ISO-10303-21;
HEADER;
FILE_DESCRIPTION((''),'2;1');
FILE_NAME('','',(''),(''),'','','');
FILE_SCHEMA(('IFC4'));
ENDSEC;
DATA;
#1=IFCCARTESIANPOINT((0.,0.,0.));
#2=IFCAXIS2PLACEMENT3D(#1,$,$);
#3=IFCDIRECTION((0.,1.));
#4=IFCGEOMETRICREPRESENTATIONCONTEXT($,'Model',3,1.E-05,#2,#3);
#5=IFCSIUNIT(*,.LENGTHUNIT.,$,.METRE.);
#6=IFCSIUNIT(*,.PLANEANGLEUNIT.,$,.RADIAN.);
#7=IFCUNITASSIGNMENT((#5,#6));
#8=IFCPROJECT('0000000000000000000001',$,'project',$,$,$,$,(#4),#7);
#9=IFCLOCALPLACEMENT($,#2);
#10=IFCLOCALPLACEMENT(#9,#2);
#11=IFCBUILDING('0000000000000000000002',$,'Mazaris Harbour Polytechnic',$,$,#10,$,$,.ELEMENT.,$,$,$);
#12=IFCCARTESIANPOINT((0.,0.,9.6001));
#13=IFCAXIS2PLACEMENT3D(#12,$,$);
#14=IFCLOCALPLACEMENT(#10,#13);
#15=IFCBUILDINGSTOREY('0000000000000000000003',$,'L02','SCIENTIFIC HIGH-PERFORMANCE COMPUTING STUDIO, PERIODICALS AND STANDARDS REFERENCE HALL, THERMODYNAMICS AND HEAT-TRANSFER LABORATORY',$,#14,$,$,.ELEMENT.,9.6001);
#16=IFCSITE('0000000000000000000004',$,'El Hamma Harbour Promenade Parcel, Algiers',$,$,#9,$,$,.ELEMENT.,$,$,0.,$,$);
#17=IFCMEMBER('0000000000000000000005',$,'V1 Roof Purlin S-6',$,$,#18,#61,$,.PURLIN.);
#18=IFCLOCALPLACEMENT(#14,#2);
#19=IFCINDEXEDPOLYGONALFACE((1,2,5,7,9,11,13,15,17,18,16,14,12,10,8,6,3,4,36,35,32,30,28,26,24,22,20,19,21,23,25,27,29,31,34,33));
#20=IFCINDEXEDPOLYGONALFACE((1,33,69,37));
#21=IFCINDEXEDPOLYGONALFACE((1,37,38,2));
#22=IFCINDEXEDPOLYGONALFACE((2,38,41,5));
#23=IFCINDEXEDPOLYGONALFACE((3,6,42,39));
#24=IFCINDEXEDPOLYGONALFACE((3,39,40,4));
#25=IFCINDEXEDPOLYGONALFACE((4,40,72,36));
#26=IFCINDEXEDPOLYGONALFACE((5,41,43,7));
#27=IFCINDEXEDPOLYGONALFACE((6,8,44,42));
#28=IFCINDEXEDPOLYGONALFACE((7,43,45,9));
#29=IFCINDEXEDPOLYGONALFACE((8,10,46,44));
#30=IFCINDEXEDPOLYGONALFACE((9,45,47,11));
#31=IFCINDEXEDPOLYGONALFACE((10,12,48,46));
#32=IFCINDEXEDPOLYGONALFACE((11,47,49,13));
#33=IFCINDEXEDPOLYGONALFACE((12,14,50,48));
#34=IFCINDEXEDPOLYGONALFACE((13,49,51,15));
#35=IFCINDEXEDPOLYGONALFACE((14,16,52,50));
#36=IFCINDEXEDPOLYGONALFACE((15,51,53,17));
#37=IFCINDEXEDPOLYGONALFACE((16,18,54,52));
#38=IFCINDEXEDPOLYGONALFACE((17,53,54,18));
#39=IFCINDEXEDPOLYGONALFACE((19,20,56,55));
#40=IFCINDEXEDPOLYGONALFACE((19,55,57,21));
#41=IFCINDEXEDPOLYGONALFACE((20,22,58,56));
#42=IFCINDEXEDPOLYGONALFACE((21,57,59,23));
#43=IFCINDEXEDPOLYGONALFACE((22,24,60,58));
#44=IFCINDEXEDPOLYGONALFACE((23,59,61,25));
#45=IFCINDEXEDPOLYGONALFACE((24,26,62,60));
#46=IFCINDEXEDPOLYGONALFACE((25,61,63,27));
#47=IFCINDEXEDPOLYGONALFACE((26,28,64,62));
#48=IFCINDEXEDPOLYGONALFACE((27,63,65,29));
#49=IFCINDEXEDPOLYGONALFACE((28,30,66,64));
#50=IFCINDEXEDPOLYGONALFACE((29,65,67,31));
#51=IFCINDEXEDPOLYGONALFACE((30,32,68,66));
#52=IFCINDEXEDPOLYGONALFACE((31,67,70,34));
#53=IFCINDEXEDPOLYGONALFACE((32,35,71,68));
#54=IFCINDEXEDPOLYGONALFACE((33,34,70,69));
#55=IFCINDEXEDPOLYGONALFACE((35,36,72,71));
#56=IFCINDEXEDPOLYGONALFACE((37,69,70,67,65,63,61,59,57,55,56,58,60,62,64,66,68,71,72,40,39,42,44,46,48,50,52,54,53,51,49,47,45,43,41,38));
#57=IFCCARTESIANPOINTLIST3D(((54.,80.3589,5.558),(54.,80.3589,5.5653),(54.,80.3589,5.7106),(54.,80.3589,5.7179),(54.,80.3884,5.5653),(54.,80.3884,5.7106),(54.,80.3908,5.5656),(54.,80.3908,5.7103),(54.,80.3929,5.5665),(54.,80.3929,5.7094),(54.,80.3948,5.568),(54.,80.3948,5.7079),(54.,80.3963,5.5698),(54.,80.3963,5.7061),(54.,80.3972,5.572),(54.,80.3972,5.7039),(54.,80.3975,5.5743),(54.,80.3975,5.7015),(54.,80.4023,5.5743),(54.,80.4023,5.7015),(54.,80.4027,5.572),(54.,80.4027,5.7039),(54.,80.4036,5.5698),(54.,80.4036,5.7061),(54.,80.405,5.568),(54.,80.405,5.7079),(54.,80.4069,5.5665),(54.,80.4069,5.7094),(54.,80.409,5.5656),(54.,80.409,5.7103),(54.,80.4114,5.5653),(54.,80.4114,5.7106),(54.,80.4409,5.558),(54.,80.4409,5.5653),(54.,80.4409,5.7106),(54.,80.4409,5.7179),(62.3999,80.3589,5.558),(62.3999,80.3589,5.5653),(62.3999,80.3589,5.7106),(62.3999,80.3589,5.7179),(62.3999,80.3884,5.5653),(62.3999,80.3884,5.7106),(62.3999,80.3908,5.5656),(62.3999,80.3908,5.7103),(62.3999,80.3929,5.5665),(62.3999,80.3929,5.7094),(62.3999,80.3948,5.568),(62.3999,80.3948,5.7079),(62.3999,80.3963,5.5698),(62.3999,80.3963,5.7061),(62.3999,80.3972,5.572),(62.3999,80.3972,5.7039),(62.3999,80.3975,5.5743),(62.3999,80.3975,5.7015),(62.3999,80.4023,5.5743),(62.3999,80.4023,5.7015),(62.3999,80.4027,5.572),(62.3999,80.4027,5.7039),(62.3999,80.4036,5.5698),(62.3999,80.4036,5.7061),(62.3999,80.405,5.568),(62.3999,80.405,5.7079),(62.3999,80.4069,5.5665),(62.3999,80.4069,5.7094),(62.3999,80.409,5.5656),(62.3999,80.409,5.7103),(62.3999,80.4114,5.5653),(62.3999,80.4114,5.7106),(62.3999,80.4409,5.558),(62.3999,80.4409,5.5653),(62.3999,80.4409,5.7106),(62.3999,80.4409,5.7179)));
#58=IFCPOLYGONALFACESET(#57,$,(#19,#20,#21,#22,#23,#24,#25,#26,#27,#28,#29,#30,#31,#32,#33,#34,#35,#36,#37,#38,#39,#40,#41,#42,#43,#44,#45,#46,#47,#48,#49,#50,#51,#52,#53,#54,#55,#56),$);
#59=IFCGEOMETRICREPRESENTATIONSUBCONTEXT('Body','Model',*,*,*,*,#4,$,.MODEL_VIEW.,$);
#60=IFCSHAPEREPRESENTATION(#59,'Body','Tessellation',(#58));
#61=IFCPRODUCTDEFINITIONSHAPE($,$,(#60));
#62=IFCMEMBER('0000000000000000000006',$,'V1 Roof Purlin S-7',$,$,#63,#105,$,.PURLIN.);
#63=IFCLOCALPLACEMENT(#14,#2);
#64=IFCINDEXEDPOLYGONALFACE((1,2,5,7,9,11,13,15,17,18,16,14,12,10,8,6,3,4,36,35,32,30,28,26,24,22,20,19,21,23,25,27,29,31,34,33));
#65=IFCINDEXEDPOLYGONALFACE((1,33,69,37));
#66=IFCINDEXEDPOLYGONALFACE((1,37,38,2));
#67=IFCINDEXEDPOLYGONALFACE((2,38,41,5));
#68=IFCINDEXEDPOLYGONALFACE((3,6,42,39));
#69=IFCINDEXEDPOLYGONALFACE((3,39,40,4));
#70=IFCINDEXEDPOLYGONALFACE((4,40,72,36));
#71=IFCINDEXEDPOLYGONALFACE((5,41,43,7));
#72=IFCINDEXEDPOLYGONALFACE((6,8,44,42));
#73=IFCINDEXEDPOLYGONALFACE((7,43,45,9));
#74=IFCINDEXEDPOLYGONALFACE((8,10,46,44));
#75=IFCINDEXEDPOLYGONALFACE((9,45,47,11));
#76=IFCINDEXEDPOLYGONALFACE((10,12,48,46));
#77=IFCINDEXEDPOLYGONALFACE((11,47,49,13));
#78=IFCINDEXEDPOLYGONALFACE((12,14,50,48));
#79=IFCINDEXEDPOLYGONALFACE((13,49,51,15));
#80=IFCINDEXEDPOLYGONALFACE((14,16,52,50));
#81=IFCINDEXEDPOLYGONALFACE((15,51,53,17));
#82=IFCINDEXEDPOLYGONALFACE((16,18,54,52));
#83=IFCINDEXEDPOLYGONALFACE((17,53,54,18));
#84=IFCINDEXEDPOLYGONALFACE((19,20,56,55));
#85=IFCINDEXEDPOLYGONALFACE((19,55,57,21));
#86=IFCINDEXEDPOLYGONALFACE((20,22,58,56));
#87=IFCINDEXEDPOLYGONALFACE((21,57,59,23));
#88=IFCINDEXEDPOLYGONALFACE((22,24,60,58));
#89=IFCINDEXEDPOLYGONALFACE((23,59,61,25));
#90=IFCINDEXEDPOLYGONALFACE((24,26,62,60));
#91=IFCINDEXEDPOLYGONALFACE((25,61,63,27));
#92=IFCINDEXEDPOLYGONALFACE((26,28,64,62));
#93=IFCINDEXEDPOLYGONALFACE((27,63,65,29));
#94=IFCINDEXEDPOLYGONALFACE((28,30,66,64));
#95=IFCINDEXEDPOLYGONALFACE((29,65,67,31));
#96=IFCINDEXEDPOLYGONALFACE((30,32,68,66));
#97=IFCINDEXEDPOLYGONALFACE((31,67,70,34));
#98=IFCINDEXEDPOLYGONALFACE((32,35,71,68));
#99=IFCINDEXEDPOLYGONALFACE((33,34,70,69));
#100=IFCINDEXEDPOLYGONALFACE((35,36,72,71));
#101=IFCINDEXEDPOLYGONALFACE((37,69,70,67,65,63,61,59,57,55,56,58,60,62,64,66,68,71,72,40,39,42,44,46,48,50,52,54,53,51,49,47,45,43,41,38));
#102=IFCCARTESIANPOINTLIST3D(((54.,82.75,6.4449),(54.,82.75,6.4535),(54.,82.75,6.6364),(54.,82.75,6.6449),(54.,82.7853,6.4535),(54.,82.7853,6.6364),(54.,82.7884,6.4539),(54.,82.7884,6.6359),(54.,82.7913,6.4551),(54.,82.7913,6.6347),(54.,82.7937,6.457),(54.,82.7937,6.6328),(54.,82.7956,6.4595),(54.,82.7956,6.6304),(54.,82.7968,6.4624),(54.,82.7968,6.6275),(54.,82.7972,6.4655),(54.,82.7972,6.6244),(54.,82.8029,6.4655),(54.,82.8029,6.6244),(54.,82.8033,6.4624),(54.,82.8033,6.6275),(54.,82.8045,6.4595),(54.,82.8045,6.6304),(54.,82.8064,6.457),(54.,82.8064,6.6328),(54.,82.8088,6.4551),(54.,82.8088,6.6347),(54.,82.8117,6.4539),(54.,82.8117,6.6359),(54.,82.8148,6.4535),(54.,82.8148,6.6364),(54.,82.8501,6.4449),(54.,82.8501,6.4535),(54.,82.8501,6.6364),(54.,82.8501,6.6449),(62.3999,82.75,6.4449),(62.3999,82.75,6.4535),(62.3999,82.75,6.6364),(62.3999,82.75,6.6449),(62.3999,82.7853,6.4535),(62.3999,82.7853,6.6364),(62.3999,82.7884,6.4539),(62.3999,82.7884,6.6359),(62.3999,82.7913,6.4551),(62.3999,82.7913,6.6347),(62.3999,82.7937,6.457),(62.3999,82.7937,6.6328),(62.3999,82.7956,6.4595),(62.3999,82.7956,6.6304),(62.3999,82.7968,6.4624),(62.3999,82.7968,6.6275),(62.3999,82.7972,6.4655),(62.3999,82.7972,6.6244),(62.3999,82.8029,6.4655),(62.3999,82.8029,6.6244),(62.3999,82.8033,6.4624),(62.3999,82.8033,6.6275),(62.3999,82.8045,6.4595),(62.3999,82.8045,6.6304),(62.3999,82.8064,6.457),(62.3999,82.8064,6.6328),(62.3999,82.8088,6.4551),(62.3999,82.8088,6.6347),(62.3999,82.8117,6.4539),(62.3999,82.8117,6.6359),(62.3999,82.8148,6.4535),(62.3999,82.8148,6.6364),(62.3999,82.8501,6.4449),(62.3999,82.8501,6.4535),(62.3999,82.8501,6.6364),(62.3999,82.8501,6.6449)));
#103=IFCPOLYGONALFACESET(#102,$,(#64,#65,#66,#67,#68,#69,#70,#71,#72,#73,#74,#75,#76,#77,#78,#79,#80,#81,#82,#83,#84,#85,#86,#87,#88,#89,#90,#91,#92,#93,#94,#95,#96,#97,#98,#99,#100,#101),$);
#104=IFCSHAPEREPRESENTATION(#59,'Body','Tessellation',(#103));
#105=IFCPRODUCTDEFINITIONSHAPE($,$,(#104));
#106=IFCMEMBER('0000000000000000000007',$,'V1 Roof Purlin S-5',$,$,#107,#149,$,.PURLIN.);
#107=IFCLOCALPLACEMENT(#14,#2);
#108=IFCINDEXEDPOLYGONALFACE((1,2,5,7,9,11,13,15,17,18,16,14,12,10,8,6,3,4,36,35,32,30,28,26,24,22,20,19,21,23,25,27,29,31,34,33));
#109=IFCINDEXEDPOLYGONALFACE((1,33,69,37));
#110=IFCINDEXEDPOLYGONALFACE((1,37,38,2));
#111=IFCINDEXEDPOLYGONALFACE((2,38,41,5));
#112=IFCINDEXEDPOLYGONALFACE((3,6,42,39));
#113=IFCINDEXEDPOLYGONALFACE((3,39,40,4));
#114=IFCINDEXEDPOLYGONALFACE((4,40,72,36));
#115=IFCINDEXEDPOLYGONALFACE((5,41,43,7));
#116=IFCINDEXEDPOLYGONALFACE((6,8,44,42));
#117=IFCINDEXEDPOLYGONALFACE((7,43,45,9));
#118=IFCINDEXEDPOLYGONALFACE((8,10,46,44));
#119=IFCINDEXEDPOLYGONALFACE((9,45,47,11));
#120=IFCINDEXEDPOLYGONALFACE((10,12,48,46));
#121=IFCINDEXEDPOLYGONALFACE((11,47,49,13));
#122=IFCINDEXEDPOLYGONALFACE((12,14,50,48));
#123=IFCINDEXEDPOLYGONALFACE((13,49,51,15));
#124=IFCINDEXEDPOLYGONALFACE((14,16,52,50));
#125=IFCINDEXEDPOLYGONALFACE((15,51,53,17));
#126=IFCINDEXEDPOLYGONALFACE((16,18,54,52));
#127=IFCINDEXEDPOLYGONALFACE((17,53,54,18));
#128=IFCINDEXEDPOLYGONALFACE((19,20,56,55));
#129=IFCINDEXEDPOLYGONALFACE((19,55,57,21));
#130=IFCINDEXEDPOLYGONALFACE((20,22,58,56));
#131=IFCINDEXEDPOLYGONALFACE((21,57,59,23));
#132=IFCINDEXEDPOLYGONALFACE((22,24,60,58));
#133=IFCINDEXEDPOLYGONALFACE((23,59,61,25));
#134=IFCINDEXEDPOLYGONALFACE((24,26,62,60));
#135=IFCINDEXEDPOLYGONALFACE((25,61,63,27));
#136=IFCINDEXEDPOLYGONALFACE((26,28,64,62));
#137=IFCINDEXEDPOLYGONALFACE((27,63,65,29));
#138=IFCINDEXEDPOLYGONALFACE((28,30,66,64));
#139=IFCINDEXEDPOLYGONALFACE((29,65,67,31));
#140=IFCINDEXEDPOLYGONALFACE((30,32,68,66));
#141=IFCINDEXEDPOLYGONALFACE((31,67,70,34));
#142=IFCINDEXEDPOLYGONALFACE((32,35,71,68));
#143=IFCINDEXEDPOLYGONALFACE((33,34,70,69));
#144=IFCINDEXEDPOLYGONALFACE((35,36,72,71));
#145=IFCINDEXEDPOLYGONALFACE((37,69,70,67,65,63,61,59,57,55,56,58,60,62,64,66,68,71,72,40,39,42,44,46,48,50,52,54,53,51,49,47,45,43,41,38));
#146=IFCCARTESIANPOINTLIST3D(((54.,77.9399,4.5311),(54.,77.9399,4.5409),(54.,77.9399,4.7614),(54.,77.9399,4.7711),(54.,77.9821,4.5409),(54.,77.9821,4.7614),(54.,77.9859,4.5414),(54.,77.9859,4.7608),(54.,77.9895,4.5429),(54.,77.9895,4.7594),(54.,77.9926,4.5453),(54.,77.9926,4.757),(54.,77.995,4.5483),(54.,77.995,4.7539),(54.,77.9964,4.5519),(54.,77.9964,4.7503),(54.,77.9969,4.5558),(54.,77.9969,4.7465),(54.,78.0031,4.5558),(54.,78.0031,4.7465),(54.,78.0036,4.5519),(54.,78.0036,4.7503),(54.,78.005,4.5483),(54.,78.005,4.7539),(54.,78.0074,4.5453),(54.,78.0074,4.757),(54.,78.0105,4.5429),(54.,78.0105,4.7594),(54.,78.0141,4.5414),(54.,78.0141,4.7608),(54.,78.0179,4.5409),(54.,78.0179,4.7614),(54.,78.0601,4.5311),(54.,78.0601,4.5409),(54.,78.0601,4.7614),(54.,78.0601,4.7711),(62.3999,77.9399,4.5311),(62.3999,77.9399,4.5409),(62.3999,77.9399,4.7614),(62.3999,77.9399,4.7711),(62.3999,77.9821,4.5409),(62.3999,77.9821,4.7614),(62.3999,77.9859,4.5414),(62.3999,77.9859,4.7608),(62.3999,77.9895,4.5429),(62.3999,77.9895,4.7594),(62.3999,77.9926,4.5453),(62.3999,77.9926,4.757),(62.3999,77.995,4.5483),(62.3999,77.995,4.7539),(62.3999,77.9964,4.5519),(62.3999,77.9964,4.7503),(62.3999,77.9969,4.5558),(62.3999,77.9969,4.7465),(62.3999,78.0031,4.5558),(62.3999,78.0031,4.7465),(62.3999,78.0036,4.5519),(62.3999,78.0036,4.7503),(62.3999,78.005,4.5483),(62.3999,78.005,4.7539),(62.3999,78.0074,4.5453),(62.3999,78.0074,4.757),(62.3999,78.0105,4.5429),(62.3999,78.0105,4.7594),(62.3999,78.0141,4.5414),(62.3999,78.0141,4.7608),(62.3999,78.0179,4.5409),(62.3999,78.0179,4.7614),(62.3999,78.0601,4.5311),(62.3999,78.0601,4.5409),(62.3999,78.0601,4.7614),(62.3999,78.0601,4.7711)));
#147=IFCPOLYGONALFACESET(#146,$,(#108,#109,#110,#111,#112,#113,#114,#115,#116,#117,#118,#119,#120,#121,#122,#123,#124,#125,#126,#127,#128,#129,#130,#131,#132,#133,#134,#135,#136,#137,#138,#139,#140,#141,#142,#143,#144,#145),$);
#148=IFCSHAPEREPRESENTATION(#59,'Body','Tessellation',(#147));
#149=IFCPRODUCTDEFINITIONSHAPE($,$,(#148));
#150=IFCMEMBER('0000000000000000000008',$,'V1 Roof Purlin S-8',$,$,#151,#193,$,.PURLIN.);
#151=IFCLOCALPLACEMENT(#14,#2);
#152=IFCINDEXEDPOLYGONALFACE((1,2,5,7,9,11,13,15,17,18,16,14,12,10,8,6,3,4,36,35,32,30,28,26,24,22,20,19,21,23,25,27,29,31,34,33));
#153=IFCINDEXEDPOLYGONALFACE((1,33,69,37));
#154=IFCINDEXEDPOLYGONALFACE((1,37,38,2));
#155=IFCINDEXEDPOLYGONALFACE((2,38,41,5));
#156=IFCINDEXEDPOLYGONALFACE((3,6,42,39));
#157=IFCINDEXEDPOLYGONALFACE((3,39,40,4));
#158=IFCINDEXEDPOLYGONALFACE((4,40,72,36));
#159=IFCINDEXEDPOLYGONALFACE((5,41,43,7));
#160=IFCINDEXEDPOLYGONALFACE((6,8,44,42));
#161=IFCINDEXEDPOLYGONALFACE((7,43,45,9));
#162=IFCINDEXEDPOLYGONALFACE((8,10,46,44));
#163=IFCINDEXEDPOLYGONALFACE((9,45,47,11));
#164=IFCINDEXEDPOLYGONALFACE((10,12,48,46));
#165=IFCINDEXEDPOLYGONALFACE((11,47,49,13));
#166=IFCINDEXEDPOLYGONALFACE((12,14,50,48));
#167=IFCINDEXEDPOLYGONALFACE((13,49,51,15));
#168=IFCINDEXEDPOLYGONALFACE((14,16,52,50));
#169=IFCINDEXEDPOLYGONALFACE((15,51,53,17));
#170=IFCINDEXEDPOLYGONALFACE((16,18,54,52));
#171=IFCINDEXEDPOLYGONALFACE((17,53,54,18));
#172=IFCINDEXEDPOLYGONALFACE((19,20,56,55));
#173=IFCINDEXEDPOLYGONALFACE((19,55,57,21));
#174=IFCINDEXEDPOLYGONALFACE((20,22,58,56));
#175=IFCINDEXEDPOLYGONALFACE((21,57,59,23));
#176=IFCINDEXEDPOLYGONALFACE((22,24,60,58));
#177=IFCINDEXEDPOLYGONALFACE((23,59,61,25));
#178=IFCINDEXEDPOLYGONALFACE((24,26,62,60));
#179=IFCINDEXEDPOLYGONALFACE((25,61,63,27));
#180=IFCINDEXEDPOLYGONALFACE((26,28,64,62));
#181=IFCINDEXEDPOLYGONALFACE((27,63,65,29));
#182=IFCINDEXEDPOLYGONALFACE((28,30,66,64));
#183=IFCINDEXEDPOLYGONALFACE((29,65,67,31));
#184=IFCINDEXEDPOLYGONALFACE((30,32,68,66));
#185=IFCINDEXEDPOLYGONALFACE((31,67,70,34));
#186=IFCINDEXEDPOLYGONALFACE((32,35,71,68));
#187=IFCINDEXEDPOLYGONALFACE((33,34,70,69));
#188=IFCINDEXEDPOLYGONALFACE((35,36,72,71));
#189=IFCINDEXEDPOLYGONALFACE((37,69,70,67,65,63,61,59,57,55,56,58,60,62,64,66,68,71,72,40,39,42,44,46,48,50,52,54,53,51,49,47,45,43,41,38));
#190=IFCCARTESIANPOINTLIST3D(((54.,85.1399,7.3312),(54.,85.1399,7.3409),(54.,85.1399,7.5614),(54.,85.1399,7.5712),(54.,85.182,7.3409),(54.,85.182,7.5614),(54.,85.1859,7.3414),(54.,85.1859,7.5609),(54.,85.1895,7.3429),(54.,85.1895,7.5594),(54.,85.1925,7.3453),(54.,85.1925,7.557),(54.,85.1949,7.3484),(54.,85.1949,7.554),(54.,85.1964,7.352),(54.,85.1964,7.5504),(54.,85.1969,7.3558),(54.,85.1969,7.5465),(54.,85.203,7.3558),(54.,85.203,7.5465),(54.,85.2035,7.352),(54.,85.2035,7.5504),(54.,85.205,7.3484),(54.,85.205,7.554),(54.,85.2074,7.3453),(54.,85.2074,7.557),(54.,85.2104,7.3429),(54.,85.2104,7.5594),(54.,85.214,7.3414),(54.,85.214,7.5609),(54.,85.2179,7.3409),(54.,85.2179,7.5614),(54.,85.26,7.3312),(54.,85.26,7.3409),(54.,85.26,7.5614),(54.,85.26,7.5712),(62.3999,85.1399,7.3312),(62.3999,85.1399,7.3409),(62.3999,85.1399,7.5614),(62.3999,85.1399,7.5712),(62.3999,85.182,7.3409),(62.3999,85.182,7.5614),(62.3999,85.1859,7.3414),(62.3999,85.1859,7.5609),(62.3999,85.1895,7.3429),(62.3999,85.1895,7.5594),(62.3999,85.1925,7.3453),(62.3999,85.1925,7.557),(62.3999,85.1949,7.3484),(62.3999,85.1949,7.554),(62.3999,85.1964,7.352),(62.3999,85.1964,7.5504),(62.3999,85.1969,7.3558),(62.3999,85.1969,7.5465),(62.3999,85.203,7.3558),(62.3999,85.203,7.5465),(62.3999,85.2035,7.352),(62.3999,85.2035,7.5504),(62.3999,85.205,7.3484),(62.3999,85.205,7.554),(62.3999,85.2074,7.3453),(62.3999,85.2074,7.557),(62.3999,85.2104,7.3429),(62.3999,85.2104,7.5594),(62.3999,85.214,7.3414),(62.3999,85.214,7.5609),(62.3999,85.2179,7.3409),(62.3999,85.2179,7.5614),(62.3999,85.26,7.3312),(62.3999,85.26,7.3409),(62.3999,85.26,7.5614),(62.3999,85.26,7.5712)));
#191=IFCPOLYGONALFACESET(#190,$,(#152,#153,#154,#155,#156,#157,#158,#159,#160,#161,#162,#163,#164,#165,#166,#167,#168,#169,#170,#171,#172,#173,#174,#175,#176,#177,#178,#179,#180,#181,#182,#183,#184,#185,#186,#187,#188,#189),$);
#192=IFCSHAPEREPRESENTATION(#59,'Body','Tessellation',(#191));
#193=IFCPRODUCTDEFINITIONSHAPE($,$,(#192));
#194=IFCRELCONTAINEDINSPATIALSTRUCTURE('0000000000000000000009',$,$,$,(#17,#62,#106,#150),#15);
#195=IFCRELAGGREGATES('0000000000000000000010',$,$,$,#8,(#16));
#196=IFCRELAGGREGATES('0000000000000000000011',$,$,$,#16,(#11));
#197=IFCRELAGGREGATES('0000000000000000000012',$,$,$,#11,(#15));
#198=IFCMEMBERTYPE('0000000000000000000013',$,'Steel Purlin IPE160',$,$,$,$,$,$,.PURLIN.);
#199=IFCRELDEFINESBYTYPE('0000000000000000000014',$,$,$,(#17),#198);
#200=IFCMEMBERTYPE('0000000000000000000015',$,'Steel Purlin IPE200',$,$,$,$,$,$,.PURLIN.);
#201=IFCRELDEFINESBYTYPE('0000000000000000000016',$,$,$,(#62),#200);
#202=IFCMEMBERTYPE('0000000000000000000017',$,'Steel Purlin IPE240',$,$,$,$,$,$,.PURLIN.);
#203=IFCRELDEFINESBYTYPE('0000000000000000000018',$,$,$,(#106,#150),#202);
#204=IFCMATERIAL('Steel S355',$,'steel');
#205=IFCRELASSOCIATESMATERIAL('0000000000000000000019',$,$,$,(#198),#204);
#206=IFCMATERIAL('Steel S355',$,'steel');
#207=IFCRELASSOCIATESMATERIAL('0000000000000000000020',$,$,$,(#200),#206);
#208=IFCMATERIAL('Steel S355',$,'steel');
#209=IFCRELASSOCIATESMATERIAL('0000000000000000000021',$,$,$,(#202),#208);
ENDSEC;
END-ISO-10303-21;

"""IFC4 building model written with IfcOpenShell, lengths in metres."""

from ifc_helpers import new_model, si_unit, direction, frame, origin, origin_2d, place, context, subcontext, project, spatial, i_section, extrude, material, material_profile, profile_set, type_object, element, save


model = new_model("IFC4")

# Units and contexts
model_context = context("Model", 3, precision=1e-05, world=origin(), true_north=direction((0.0, 1.0)))
body_context = subcontext(model_context, "Body", "Model", "MODEL_VIEW")
ifc_project = project(units=[si_unit("LENGTHUNIT", "METRE"), si_unit("PLANEANGLEUNIT", "RADIAN")], contexts=[model_context])

# Site, building, storey
site_placement = place(None, origin())
site = spatial("IfcSite", under=ifc_project, at=site_placement, Name="El Hamma Harbour Promenade Parcel, Algiers", CompositionType="ELEMENT", RefElevation=0.0)
building_placement = place(site_placement, origin())
building = spatial("IfcBuilding", under=site, at=building_placement, Name="Mazaris Harbour Polytechnic", CompositionType="ELEMENT")
storey_placement = place(building_placement, frame((0.0, 0.0, 9.6001)))
storey = spatial("IfcBuildingStorey", under=building, at=storey_placement, Name="L02", Description="SCIENTIFIC HIGH-PERFORMANCE COMPUTING STUDIO, PERIODICALS AND STANDARDS REFERENCE HALL, THERMODYNAMICS AND HEAT-TRANSFER LABORATORY", CompositionType="ELEMENT", Elevation=9.6001)

# Members
ifc_material_1 = material(Name="Steel S355", Category="steel")
ifc_material_profile_1 = material_profile(ifc_material_1, i_section(OverallWidth=0.082, OverallDepth=0.1599, WebThickness=0.0049, FlangeThickness=0.0073, FilletRadius=0.009, at=origin_2d()), Name="IPE 160")
ifc_profile_set_1 = profile_set([ifc_material_profile_1], Name="Steel S355")
member_type_1 = type_object("IfcMemberType", Name="Steel Purlin IPE160", PredefinedType="PURLIN", material=ifc_profile_set_1)
member_1_placement = place(storey_placement, frame((54.0, 80.3999, 5.6379), z_axis=(1.0, 0.0, 0.0), x_axis=(0.0, 1.0, 0.0)))
element("IfcMember", 1, at=member_1_placement, inside=storey, type_object=member_type_1, Name="V1 Roof Purlin S-6", PredefinedType="PURLIN", context=body_context, shape_type="SweptSolid", body=[
    extrude(i_section(OverallWidth=0.082, OverallDepth=0.1599, WebThickness=0.0049, FlangeThickness=0.0073, FilletRadius=0.009, at=origin_2d()), origin(), (0.0, 0.0, 1.0), 8.3999),
])
ifc_material_2 = material(Name="Steel S355", Category="steel")
ifc_material_profile_2 = material_profile(ifc_material_2, i_section(OverallWidth=0.1001, OverallDepth=0.2, WebThickness=0.0056, FlangeThickness=0.0085, FilletRadius=0.012, at=origin_2d()), Name="IPE 200")
ifc_profile_set_2 = profile_set([ifc_material_profile_2], Name="Steel S355")
member_type_2 = type_object("IfcMemberType", Name="Steel Purlin IPE200", PredefinedType="PURLIN", material=ifc_profile_set_2)
member_2_placement = place(storey_placement, frame((54.0, 82.8, 6.5449), z_axis=(1.0, 0.0, 0.0), x_axis=(0.0, 1.0, 0.0)))
element("IfcMember", 2, at=member_2_placement, inside=storey, type_object=member_type_2, Name="V1 Roof Purlin S-7", PredefinedType="PURLIN", context=body_context, shape_type="SweptSolid", body=[
    extrude(i_section(OverallWidth=0.1001, OverallDepth=0.2, WebThickness=0.0056, FlangeThickness=0.0085, FilletRadius=0.012, at=origin_2d()), origin(), (0.0, 0.0, 1.0), 8.3999),
])
ifc_material_3 = material(Name="Steel S355", Category="steel")
ifc_material_profile_3 = material_profile(ifc_material_3, i_section(OverallWidth=0.1201, OverallDepth=0.24, WebThickness=0.0061, FlangeThickness=0.0098, FilletRadius=0.0149, at=origin_2d()), Name="IPE 240")
ifc_profile_set_3 = profile_set([ifc_material_profile_3], Name="Steel S355")
member_type_3 = type_object("IfcMemberType", Name="Steel Purlin IPE240", PredefinedType="PURLIN", material=ifc_profile_set_3)
for number, where, z_axis, x_axis, name in (
    (3, (54.0, 78.0, 4.6511), (1.0, 0.0, 0.0), (0.0, 1.0, 0.0), "V1 Roof Purlin S-5"),
    (4, (54.0, 85.2, 7.4512), (1.0, 0.0, 0.0), (0.0, 1.0, 0.0), "V1 Roof Purlin S-8"),
):
    element("IfcMember", number, at=place(storey_placement, frame(where, z_axis=z_axis, x_axis=x_axis)), inside=storey, type_object=member_type_3, Name=name, PredefinedType="PURLIN", context=body_context, shape_type="SweptSolid", body=[
        extrude(i_section(OverallWidth=0.1201, OverallDepth=0.24, WebThickness=0.0061, FlangeThickness=0.0098, FilletRadius=0.0149, at=origin_2d()), origin(), (0.0, 0.0, 1.0), 8.3999),
    ])

save(model, "model.ifc")
